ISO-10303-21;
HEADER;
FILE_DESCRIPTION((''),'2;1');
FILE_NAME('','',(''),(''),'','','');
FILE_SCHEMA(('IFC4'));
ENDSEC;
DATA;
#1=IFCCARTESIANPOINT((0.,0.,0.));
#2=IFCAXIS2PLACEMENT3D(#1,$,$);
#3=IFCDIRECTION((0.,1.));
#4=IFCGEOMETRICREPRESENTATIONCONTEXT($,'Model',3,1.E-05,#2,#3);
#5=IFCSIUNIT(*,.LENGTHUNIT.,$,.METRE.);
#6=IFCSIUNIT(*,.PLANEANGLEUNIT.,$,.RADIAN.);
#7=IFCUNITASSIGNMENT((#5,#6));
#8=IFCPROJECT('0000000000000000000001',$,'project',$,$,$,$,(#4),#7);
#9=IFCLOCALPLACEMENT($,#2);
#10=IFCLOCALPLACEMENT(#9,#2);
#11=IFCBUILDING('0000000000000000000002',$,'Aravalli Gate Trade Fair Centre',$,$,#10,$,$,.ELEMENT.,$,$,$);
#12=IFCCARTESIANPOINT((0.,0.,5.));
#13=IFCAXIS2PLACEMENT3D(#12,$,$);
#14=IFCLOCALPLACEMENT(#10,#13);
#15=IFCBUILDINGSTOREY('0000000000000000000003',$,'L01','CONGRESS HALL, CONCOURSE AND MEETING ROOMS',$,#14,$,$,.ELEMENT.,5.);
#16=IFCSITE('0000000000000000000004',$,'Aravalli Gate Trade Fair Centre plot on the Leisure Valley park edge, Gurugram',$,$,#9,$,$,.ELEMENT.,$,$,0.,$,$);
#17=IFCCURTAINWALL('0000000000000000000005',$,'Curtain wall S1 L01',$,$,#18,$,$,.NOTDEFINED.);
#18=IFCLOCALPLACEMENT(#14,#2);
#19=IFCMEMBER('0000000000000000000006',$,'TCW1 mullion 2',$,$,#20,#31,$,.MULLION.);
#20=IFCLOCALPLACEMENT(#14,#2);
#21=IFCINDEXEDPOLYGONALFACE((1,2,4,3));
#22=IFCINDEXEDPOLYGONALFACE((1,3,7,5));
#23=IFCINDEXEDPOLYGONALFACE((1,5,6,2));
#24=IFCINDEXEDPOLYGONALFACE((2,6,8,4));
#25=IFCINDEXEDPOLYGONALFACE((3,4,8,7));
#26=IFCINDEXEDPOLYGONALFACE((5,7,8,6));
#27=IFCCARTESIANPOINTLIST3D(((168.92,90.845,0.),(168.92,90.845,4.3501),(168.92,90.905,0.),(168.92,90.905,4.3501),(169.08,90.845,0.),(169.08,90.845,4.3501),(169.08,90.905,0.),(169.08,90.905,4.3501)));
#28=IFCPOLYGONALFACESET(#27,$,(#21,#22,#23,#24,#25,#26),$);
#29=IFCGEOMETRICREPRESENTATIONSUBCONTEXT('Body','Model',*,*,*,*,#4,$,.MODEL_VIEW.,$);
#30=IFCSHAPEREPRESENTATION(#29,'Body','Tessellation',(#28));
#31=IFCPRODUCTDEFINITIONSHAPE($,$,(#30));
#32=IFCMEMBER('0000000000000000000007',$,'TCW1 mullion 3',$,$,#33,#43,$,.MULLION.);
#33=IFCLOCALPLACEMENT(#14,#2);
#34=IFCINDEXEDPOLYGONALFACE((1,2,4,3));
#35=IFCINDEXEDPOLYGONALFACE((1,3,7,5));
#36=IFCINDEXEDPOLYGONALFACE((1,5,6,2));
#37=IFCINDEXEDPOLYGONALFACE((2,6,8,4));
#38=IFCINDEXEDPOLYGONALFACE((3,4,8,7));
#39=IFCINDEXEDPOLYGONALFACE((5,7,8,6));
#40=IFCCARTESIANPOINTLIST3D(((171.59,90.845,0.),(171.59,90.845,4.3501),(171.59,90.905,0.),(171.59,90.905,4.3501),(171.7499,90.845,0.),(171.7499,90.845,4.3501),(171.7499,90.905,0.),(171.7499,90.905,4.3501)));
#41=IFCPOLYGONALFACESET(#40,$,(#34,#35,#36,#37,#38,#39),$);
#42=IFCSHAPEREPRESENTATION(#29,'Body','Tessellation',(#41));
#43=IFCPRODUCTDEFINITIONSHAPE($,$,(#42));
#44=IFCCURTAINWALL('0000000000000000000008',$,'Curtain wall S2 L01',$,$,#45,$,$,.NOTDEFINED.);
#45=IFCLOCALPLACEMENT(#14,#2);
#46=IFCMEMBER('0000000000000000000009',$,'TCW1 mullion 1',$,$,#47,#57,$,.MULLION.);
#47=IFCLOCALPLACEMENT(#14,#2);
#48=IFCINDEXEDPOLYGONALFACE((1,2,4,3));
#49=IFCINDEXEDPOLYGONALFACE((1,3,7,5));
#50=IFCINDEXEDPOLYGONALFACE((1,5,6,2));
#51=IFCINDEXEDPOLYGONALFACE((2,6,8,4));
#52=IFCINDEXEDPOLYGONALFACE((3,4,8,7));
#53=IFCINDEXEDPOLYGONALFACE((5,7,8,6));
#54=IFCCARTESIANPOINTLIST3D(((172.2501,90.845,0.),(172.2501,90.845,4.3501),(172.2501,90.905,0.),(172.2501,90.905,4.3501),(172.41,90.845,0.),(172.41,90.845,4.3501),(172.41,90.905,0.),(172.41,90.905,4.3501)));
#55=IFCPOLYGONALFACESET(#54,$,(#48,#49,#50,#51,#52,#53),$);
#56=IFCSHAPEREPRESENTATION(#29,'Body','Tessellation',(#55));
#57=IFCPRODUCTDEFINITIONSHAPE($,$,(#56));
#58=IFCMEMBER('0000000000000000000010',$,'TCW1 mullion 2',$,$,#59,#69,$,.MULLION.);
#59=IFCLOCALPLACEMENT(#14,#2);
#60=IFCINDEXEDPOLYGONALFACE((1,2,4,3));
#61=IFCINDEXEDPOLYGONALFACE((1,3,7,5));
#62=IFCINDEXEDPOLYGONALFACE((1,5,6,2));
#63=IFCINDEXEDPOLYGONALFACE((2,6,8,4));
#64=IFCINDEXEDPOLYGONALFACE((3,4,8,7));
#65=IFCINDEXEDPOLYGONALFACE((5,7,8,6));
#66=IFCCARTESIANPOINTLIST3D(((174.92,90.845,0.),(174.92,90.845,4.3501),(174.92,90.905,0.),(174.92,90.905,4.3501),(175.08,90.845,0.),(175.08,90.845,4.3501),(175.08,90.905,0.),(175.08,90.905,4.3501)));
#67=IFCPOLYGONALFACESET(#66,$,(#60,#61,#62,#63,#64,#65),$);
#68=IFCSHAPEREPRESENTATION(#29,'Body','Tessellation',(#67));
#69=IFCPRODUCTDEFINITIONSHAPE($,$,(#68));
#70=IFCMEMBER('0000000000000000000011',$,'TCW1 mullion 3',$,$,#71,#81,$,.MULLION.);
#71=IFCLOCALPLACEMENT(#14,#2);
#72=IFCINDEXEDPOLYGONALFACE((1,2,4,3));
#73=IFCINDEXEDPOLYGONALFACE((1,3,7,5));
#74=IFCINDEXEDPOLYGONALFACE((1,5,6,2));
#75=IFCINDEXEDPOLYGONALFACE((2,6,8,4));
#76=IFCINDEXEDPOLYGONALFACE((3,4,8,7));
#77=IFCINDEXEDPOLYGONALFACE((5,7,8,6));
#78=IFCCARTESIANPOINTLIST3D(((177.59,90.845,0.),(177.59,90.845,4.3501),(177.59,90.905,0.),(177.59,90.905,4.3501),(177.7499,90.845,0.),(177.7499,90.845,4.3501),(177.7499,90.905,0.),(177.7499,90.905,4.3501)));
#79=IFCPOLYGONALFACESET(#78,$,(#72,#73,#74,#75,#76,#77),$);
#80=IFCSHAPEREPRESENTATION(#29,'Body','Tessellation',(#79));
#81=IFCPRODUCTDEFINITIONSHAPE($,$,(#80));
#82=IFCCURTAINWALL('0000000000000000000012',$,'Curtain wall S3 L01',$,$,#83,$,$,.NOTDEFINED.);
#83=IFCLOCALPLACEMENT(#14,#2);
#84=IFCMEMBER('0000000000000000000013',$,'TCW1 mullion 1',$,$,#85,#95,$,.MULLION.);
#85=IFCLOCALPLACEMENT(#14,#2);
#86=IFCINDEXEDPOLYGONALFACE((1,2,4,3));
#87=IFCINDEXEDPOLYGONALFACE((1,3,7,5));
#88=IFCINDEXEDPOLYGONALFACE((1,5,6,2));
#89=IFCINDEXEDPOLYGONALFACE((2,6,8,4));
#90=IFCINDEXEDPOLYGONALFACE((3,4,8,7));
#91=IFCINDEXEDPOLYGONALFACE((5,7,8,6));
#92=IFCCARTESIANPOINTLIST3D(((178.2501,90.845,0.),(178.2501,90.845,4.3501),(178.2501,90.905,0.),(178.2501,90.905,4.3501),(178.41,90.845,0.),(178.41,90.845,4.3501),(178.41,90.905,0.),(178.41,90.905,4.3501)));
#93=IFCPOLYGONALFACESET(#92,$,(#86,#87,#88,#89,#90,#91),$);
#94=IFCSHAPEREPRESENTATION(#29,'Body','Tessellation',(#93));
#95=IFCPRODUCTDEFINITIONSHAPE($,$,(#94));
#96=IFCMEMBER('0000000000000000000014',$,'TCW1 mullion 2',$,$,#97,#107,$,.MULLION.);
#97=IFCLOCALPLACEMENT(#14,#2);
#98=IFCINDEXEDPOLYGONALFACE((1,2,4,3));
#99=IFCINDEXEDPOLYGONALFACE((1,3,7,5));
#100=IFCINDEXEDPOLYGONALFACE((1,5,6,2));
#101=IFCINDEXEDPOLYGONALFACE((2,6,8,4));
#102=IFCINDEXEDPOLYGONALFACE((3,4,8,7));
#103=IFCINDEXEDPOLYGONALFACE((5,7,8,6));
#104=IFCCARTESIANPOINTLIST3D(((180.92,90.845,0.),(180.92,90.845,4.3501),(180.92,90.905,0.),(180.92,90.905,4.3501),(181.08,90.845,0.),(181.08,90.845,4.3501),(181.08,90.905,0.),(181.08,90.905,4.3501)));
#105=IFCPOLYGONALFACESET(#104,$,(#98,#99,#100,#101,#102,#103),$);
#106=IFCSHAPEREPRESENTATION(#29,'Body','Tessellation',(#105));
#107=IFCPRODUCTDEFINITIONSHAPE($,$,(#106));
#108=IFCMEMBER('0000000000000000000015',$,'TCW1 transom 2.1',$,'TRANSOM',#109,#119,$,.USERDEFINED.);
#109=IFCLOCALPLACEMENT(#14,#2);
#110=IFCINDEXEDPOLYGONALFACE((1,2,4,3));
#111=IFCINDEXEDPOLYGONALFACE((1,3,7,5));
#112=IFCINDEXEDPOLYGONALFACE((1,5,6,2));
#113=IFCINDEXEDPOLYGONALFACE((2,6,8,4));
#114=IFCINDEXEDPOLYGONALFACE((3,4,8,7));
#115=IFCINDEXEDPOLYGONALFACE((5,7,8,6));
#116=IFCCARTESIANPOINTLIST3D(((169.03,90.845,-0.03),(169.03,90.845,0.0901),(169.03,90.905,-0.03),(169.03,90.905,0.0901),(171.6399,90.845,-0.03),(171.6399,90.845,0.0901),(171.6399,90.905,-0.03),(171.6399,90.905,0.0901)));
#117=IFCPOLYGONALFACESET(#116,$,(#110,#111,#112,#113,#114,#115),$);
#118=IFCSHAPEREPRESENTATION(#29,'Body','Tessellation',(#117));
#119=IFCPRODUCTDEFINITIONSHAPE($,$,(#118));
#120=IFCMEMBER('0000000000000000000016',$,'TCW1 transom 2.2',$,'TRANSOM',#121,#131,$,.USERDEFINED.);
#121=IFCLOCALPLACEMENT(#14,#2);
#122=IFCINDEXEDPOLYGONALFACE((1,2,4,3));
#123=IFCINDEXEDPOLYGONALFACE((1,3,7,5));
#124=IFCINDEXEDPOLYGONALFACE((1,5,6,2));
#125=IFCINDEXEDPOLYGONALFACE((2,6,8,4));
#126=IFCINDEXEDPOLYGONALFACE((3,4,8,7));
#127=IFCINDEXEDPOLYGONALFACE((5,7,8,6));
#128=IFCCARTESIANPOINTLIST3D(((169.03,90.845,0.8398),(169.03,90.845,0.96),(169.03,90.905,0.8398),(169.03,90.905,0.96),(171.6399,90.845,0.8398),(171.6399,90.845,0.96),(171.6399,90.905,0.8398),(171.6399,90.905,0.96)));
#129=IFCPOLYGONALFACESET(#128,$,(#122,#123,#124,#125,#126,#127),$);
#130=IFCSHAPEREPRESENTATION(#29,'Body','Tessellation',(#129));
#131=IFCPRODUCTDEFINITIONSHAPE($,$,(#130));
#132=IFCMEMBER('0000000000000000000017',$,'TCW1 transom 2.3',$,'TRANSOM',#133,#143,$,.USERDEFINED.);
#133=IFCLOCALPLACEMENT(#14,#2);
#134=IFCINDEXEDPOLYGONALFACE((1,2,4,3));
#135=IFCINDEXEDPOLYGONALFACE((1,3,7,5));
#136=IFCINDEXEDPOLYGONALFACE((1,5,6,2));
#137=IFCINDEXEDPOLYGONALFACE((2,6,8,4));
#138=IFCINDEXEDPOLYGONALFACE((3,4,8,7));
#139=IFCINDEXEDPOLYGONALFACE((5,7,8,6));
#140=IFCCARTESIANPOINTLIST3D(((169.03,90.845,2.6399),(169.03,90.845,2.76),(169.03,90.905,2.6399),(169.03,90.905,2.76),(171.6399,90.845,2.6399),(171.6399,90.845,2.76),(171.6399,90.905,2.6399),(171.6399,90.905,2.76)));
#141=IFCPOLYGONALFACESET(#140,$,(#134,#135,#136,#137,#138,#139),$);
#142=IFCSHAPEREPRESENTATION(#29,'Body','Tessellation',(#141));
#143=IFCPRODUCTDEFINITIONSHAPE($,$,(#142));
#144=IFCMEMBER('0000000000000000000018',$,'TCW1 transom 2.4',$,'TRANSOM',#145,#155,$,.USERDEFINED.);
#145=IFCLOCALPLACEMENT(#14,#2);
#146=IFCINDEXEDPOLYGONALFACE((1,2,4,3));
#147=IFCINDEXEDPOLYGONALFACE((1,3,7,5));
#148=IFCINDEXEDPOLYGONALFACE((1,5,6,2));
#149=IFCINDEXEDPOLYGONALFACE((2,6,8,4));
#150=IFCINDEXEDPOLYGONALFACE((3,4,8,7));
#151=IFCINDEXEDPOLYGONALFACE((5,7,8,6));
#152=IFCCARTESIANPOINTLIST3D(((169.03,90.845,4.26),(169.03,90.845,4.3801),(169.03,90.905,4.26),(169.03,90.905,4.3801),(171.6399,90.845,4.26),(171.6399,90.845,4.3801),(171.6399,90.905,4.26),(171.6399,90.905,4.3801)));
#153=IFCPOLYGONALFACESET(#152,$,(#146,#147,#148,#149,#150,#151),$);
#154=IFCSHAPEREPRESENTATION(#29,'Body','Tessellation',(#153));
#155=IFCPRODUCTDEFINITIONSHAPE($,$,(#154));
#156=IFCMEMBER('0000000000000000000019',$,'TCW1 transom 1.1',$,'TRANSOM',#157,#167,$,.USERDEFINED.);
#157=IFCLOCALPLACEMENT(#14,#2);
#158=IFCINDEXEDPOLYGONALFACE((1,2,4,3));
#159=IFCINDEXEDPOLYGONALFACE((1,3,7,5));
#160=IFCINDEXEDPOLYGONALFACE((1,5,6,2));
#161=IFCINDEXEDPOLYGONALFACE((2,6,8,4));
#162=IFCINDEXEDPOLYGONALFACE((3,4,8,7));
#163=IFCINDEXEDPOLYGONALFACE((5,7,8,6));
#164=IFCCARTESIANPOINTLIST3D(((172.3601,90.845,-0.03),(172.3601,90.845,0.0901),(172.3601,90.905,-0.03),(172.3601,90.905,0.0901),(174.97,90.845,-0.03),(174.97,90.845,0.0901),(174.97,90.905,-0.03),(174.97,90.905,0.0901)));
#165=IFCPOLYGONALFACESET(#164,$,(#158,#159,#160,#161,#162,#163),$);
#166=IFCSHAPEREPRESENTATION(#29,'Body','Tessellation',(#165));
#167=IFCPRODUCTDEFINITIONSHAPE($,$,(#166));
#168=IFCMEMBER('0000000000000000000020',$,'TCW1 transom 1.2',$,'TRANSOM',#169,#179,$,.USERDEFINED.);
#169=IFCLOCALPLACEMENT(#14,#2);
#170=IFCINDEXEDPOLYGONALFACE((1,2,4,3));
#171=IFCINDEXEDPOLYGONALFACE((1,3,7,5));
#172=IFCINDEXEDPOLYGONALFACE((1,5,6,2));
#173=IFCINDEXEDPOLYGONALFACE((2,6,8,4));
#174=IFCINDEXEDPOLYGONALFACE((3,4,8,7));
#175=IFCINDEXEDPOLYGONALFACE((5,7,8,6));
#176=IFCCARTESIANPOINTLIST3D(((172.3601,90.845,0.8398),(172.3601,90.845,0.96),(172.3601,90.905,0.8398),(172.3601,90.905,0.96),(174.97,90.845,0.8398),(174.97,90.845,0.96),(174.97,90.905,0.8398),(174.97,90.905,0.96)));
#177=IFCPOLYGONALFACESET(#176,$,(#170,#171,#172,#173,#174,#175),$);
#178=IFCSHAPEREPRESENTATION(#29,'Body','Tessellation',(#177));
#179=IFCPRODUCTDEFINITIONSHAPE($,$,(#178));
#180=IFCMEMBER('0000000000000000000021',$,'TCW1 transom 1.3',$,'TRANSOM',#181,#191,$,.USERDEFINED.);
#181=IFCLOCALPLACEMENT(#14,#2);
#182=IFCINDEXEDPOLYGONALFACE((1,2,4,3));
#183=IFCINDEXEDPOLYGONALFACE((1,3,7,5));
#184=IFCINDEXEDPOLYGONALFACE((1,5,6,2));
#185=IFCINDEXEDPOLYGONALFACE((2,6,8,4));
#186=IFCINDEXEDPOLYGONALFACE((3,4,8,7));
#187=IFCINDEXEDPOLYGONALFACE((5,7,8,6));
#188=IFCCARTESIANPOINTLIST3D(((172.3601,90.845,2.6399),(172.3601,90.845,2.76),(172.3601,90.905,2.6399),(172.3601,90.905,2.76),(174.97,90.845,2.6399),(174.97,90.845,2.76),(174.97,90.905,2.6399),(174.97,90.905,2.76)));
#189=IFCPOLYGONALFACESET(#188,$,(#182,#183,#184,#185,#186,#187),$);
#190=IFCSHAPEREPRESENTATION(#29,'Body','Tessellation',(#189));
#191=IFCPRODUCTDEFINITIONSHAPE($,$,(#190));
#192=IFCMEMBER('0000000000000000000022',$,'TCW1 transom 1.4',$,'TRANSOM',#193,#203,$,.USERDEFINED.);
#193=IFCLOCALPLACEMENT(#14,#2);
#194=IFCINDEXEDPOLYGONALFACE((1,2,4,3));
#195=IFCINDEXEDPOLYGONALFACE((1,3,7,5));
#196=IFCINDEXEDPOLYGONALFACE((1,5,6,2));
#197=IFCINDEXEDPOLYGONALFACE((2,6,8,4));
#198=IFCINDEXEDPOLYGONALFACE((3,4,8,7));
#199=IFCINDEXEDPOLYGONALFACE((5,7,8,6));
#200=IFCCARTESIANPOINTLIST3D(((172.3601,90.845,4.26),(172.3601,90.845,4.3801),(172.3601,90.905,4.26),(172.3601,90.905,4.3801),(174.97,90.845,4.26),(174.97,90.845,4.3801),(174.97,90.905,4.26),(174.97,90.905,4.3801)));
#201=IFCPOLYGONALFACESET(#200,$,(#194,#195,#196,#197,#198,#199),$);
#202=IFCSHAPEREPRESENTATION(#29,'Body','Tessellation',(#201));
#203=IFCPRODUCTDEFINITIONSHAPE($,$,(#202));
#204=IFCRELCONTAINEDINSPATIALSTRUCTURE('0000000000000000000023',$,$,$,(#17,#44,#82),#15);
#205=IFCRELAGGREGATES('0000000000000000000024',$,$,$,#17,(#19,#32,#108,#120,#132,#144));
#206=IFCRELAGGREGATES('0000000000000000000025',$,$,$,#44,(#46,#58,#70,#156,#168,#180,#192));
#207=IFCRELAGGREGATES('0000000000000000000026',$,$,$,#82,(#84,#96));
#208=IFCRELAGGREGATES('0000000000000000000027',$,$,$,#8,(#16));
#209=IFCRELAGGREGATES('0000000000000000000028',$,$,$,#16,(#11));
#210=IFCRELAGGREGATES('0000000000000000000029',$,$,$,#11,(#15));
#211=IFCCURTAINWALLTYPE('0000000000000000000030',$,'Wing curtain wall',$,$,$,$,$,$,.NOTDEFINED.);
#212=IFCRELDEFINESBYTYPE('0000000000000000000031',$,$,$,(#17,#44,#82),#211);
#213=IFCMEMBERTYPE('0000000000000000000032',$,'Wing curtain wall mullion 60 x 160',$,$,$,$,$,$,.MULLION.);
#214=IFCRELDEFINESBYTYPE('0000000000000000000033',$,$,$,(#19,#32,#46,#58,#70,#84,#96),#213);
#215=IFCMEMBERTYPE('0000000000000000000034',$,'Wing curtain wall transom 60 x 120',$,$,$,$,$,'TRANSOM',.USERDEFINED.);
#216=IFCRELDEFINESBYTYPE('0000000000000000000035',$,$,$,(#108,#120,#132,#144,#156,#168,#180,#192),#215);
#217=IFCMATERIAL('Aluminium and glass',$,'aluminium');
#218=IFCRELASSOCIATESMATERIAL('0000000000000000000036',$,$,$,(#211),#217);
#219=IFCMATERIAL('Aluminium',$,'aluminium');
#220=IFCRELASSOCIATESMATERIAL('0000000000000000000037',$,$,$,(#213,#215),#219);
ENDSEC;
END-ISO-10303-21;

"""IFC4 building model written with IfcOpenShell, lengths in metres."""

from ifc_helpers import new_model, si_unit, direction, frame, origin, origin_2d, place, context, subcontext, project, spatial, rectangle, extrude, material, material_profile, profile_set, type_object, element, aggregate, save


model = new_model("IFC4")

# Units and contexts
model_context = context("Model", 3, precision=1e-05, world=origin(), true_north=direction((0.0, 1.0)))
body_context = subcontext(model_context, "Body", "Model", "MODEL_VIEW")
ifc_project = project(units=[si_unit("LENGTHUNIT", "METRE"), si_unit("PLANEANGLEUNIT", "RADIAN")], contexts=[model_context])

# Site, building, storey
site_placement = place(None, origin())
site = spatial("IfcSite", under=ifc_project, at=site_placement, Name="Aravalli Gate Trade Fair Centre plot on the Leisure Valley park edge, Gurugram", CompositionType="ELEMENT", RefElevation=0.0)
building_placement = place(site_placement, origin())
building = spatial("IfcBuilding", under=site, at=building_placement, Name="Aravalli Gate Trade Fair Centre", CompositionType="ELEMENT")
storey_placement = place(building_placement, frame((0.0, 0.0, 5.0)))
storey = spatial("IfcBuildingStorey", under=building, at=storey_placement, Name="L01", Description="CONGRESS HALL, CONCOURSE AND MEETING ROOMS", CompositionType="ELEMENT", Elevation=5.0)

# Curtain walls, members
ifc_material_1 = material(Name="Aluminium and glass", Category="aluminium")
curtain_wall_type = type_object("IfcCurtainWallType", Name="Wing curtain wall", PredefinedType="NOTDEFINED", material=ifc_material_1)
curtain_wall_1_placement = place(storey_placement, origin())
curtain_wall_1 = element("IfcCurtainWall", 1, at=curtain_wall_1_placement, inside=storey, type_object=curtain_wall_type, Name="Curtain wall S1 L01", PredefinedType="NOTDEFINED")
ifc_material_2 = material(Name="Aluminium", Category="aluminium")
ifc_material_profile_1 = material_profile(ifc_material_2, rectangle(XDim=0.0601, YDim=0.1599, at=origin_2d()), Name="Wing curtain wall mullion 60 x 160")
ifc_profile_set_1 = profile_set([ifc_material_profile_1], Name="Aluminium")
member_type_1 = type_object("IfcMemberType", Name="Wing curtain wall mullion 60 x 160", PredefinedType="MULLION", material=ifc_profile_set_1)
member_1_placement = place(storey_placement, frame((169.0, 90.875, 0.0), z_axis=(0.0, 0.0, 1.0), x_axis=(0.0, 1.0, 0.0)))
member_1 = element("IfcMember", 2, at=member_1_placement, type_object=member_type_1, Name="TCW1 mullion 2", PredefinedType="MULLION", context=body_context, shape_type="SweptSolid", body=[
    extrude(rectangle(XDim=0.0601, YDim=0.1599, at=origin_2d()), origin(), (0.0, 0.0, 1.0), 4.3501),
])
member_2_placement = place(storey_placement, frame((171.6699, 90.875, 0.0), z_axis=(0.0, 0.0, 1.0), x_axis=(0.0, 1.0, 0.0)))
member_2 = element("IfcMember", 3, at=member_2_placement, type_object=member_type_1, Name="TCW1 mullion 3", PredefinedType="MULLION", context=body_context, shape_type="SweptSolid", body=[
    extrude(rectangle(XDim=0.0601, YDim=0.1599, at=origin_2d()), origin(), (0.0, 0.0, 1.0), 4.3501),
])
curtain_wall_2_placement = place(storey_placement, origin())
curtain_wall_2 = element("IfcCurtainWall", 4, at=curtain_wall_2_placement, inside=storey, type_object=curtain_wall_type, Name="Curtain wall S2 L01", PredefinedType="NOTDEFINED")
member_3_placement = place(storey_placement, frame((172.3301, 90.875, 0.0), z_axis=(0.0, 0.0, 1.0), x_axis=(0.0, 1.0, 0.0)))
member_3 = element("IfcMember", 5, at=member_3_placement, type_object=member_type_1, Name="TCW1 mullion 1", PredefinedType="MULLION", context=body_context, shape_type="SweptSolid", body=[
    extrude(rectangle(XDim=0.0601, YDim=0.1599, at=origin_2d()), origin(), (0.0, 0.0, 1.0), 4.3501),
])
member_4_placement = place(storey_placement, frame((175.0, 90.875, 0.0), z_axis=(0.0, 0.0, 1.0), x_axis=(0.0, 1.0, 0.0)))
member_4 = element("IfcMember", 6, at=member_4_placement, type_object=member_type_1, Name="TCW1 mullion 2", PredefinedType="MULLION", context=body_context, shape_type="SweptSolid", body=[
    extrude(rectangle(XDim=0.0601, YDim=0.1599, at=origin_2d()), origin(), (0.0, 0.0, 1.0), 4.3501),
])
member_5_placement = place(storey_placement, frame((177.6699, 90.875, 0.0), z_axis=(0.0, 0.0, 1.0), x_axis=(0.0, 1.0, 0.0)))
member_5 = element("IfcMember", 7, at=member_5_placement, type_object=member_type_1, Name="TCW1 mullion 3", PredefinedType="MULLION", context=body_context, shape_type="SweptSolid", body=[
    extrude(rectangle(XDim=0.0601, YDim=0.1599, at=origin_2d()), origin(), (0.0, 0.0, 1.0), 4.3501),
])
curtain_wall_3_placement = place(storey_placement, origin())
curtain_wall_3 = element("IfcCurtainWall", 8, at=curtain_wall_3_placement, inside=storey, type_object=curtain_wall_type, Name="Curtain wall S3 L01", PredefinedType="NOTDEFINED")
member_6_placement = place(storey_placement, frame((178.3301, 90.875, 0.0), z_axis=(0.0, 0.0, 1.0), x_axis=(0.0, 1.0, 0.0)))
member_6 = element("IfcMember", 9, at=member_6_placement, type_object=member_type_1, Name="TCW1 mullion 1", PredefinedType="MULLION", context=body_context, shape_type="SweptSolid", body=[
    extrude(rectangle(XDim=0.0601, YDim=0.1599, at=origin_2d()), origin(), (0.0, 0.0, 1.0), 4.3501),
])
member_7_placement = place(storey_placement, frame((181.0, 90.875, 0.0), z_axis=(0.0, 0.0, 1.0), x_axis=(0.0, 1.0, 0.0)))
member_7 = element("IfcMember", 10, at=member_7_placement, type_object=member_type_1, Name="TCW1 mullion 2", PredefinedType="MULLION", context=body_context, shape_type="SweptSolid", body=[
    extrude(rectangle(XDim=0.0601, YDim=0.1599, at=origin_2d()), origin(), (0.0, 0.0, 1.0), 4.3501),
])

# Members
ifc_material_profile_2 = material_profile(ifc_material_2, rectangle(XDim=0.0601, YDim=0.1201, at=origin_2d()), Name="Wing curtain wall transom 60 x 120")
ifc_profile_set_2 = profile_set([ifc_material_profile_2], Name="Aluminium")
member_type_2 = type_object("IfcMemberType", Name="Wing curtain wall transom 60 x 120", ElementType="TRANSOM", PredefinedType="USERDEFINED", material=ifc_profile_set_2)
member_8_placement = place(storey_placement, frame((169.03, 90.875, 0.03), z_axis=(1.0, 0.0, 0.0), x_axis=(0.0, 1.0, 0.0)))
member_8 = element("IfcMember", 11, at=member_8_placement, type_object=member_type_2, Name="TCW1 transom 2.1", ObjectType="TRANSOM", PredefinedType="USERDEFINED", context=body_context, shape_type="SweptSolid", body=[
    extrude(rectangle(XDim=0.0601, YDim=0.1201, at=origin_2d()), origin(), (0.0, 0.0, 1.0), 2.6099),
])
member_9_placement = place(storey_placement, frame((169.03, 90.875, 0.8999), z_axis=(1.0, 0.0, 0.0), x_axis=(0.0, 1.0, 0.0)))
member_9 = element("IfcMember", 12, at=member_9_placement, type_object=member_type_2, Name="TCW1 transom 2.2", ObjectType="TRANSOM", PredefinedType="USERDEFINED", context=body_context, shape_type="SweptSolid", body=[
    extrude(rectangle(XDim=0.0601, YDim=0.1201, at=origin_2d()), origin(), (0.0, 0.0, 1.0), 2.6099),
])
member_10_placement = place(storey_placement, frame((169.03, 90.875, 2.7), z_axis=(1.0, 0.0, 0.0), x_axis=(0.0, 1.0, 0.0)))
member_10 = element("IfcMember", 13, at=member_10_placement, type_object=member_type_2, Name="TCW1 transom 2.3", ObjectType="TRANSOM", PredefinedType="USERDEFINED", context=body_context, shape_type="SweptSolid", body=[
    extrude(rectangle(XDim=0.0601, YDim=0.1201, at=origin_2d()), origin(), (0.0, 0.0, 1.0), 2.6099),
])
member_11_placement = place(storey_placement, frame((169.03, 90.875, 4.3201), z_axis=(1.0, 0.0, 0.0), x_axis=(0.0, 1.0, 0.0)))
member_11 = element("IfcMember", 14, at=member_11_placement, type_object=member_type_2, Name="TCW1 transom 2.4", ObjectType="TRANSOM", PredefinedType="USERDEFINED", context=body_context, shape_type="SweptSolid", body=[
    extrude(rectangle(XDim=0.0601, YDim=0.1201, at=origin_2d()), origin(), (0.0, 0.0, 1.0), 2.6099),
])
member_12_placement = place(storey_placement, frame((172.3601, 90.875, 0.03), z_axis=(1.0, 0.0, 0.0), x_axis=(0.0, 1.0, 0.0)))
member_12 = element("IfcMember", 15, at=member_12_placement, type_object=member_type_2, Name="TCW1 transom 1.1", ObjectType="TRANSOM", PredefinedType="USERDEFINED", context=body_context, shape_type="SweptSolid", body=[
    extrude(rectangle(XDim=0.0601, YDim=0.1201, at=origin_2d()), origin(), (0.0, 0.0, 1.0), 2.6099),
])
member_13_placement = place(storey_placement, frame((172.3601, 90.875, 0.8999), z_axis=(1.0, 0.0, 0.0), x_axis=(0.0, 1.0, 0.0)))
member_13 = element("IfcMember", 16, at=member_13_placement, type_object=member_type_2, Name="TCW1 transom 1.2", ObjectType="TRANSOM", PredefinedType="USERDEFINED", context=body_context, shape_type="SweptSolid", body=[
    extrude(rectangle(XDim=0.0601, YDim=0.1201, at=origin_2d()), origin(), (0.0, 0.0, 1.0), 2.6099),
])
member_14_placement = place(storey_placement, frame((172.3601, 90.875, 2.7), z_axis=(1.0, 0.0, 0.0), x_axis=(0.0, 1.0, 0.0)))
member_14 = element("IfcMember", 17, at=member_14_placement, type_object=member_type_2, Name="TCW1 transom 1.3", ObjectType="TRANSOM", PredefinedType="USERDEFINED", context=body_context, shape_type="SweptSolid", body=[
    extrude(rectangle(XDim=0.0601, YDim=0.1201, at=origin_2d()), origin(), (0.0, 0.0, 1.0), 2.6099),
])
member_15_placement = place(storey_placement, frame((172.3601, 90.875, 4.3201), z_axis=(1.0, 0.0, 0.0), x_axis=(0.0, 1.0, 0.0)))
member_15 = element("IfcMember", 18, at=member_15_placement, type_object=member_type_2, Name="TCW1 transom 1.4", ObjectType="TRANSOM", PredefinedType="USERDEFINED", context=body_context, shape_type="SweptSolid", body=[
    extrude(rectangle(XDim=0.0601, YDim=0.1201, at=origin_2d()), origin(), (0.0, 0.0, 1.0), 2.6099),
])

aggregate(curtain_wall_1, [member_1, member_2, member_8, member_9, member_10, member_11])
aggregate(curtain_wall_2, [member_3, member_4, member_5, member_12, member_13, member_14, member_15])
aggregate(curtain_wall_3, [member_6, member_7])

save(model, "model.ifc")
